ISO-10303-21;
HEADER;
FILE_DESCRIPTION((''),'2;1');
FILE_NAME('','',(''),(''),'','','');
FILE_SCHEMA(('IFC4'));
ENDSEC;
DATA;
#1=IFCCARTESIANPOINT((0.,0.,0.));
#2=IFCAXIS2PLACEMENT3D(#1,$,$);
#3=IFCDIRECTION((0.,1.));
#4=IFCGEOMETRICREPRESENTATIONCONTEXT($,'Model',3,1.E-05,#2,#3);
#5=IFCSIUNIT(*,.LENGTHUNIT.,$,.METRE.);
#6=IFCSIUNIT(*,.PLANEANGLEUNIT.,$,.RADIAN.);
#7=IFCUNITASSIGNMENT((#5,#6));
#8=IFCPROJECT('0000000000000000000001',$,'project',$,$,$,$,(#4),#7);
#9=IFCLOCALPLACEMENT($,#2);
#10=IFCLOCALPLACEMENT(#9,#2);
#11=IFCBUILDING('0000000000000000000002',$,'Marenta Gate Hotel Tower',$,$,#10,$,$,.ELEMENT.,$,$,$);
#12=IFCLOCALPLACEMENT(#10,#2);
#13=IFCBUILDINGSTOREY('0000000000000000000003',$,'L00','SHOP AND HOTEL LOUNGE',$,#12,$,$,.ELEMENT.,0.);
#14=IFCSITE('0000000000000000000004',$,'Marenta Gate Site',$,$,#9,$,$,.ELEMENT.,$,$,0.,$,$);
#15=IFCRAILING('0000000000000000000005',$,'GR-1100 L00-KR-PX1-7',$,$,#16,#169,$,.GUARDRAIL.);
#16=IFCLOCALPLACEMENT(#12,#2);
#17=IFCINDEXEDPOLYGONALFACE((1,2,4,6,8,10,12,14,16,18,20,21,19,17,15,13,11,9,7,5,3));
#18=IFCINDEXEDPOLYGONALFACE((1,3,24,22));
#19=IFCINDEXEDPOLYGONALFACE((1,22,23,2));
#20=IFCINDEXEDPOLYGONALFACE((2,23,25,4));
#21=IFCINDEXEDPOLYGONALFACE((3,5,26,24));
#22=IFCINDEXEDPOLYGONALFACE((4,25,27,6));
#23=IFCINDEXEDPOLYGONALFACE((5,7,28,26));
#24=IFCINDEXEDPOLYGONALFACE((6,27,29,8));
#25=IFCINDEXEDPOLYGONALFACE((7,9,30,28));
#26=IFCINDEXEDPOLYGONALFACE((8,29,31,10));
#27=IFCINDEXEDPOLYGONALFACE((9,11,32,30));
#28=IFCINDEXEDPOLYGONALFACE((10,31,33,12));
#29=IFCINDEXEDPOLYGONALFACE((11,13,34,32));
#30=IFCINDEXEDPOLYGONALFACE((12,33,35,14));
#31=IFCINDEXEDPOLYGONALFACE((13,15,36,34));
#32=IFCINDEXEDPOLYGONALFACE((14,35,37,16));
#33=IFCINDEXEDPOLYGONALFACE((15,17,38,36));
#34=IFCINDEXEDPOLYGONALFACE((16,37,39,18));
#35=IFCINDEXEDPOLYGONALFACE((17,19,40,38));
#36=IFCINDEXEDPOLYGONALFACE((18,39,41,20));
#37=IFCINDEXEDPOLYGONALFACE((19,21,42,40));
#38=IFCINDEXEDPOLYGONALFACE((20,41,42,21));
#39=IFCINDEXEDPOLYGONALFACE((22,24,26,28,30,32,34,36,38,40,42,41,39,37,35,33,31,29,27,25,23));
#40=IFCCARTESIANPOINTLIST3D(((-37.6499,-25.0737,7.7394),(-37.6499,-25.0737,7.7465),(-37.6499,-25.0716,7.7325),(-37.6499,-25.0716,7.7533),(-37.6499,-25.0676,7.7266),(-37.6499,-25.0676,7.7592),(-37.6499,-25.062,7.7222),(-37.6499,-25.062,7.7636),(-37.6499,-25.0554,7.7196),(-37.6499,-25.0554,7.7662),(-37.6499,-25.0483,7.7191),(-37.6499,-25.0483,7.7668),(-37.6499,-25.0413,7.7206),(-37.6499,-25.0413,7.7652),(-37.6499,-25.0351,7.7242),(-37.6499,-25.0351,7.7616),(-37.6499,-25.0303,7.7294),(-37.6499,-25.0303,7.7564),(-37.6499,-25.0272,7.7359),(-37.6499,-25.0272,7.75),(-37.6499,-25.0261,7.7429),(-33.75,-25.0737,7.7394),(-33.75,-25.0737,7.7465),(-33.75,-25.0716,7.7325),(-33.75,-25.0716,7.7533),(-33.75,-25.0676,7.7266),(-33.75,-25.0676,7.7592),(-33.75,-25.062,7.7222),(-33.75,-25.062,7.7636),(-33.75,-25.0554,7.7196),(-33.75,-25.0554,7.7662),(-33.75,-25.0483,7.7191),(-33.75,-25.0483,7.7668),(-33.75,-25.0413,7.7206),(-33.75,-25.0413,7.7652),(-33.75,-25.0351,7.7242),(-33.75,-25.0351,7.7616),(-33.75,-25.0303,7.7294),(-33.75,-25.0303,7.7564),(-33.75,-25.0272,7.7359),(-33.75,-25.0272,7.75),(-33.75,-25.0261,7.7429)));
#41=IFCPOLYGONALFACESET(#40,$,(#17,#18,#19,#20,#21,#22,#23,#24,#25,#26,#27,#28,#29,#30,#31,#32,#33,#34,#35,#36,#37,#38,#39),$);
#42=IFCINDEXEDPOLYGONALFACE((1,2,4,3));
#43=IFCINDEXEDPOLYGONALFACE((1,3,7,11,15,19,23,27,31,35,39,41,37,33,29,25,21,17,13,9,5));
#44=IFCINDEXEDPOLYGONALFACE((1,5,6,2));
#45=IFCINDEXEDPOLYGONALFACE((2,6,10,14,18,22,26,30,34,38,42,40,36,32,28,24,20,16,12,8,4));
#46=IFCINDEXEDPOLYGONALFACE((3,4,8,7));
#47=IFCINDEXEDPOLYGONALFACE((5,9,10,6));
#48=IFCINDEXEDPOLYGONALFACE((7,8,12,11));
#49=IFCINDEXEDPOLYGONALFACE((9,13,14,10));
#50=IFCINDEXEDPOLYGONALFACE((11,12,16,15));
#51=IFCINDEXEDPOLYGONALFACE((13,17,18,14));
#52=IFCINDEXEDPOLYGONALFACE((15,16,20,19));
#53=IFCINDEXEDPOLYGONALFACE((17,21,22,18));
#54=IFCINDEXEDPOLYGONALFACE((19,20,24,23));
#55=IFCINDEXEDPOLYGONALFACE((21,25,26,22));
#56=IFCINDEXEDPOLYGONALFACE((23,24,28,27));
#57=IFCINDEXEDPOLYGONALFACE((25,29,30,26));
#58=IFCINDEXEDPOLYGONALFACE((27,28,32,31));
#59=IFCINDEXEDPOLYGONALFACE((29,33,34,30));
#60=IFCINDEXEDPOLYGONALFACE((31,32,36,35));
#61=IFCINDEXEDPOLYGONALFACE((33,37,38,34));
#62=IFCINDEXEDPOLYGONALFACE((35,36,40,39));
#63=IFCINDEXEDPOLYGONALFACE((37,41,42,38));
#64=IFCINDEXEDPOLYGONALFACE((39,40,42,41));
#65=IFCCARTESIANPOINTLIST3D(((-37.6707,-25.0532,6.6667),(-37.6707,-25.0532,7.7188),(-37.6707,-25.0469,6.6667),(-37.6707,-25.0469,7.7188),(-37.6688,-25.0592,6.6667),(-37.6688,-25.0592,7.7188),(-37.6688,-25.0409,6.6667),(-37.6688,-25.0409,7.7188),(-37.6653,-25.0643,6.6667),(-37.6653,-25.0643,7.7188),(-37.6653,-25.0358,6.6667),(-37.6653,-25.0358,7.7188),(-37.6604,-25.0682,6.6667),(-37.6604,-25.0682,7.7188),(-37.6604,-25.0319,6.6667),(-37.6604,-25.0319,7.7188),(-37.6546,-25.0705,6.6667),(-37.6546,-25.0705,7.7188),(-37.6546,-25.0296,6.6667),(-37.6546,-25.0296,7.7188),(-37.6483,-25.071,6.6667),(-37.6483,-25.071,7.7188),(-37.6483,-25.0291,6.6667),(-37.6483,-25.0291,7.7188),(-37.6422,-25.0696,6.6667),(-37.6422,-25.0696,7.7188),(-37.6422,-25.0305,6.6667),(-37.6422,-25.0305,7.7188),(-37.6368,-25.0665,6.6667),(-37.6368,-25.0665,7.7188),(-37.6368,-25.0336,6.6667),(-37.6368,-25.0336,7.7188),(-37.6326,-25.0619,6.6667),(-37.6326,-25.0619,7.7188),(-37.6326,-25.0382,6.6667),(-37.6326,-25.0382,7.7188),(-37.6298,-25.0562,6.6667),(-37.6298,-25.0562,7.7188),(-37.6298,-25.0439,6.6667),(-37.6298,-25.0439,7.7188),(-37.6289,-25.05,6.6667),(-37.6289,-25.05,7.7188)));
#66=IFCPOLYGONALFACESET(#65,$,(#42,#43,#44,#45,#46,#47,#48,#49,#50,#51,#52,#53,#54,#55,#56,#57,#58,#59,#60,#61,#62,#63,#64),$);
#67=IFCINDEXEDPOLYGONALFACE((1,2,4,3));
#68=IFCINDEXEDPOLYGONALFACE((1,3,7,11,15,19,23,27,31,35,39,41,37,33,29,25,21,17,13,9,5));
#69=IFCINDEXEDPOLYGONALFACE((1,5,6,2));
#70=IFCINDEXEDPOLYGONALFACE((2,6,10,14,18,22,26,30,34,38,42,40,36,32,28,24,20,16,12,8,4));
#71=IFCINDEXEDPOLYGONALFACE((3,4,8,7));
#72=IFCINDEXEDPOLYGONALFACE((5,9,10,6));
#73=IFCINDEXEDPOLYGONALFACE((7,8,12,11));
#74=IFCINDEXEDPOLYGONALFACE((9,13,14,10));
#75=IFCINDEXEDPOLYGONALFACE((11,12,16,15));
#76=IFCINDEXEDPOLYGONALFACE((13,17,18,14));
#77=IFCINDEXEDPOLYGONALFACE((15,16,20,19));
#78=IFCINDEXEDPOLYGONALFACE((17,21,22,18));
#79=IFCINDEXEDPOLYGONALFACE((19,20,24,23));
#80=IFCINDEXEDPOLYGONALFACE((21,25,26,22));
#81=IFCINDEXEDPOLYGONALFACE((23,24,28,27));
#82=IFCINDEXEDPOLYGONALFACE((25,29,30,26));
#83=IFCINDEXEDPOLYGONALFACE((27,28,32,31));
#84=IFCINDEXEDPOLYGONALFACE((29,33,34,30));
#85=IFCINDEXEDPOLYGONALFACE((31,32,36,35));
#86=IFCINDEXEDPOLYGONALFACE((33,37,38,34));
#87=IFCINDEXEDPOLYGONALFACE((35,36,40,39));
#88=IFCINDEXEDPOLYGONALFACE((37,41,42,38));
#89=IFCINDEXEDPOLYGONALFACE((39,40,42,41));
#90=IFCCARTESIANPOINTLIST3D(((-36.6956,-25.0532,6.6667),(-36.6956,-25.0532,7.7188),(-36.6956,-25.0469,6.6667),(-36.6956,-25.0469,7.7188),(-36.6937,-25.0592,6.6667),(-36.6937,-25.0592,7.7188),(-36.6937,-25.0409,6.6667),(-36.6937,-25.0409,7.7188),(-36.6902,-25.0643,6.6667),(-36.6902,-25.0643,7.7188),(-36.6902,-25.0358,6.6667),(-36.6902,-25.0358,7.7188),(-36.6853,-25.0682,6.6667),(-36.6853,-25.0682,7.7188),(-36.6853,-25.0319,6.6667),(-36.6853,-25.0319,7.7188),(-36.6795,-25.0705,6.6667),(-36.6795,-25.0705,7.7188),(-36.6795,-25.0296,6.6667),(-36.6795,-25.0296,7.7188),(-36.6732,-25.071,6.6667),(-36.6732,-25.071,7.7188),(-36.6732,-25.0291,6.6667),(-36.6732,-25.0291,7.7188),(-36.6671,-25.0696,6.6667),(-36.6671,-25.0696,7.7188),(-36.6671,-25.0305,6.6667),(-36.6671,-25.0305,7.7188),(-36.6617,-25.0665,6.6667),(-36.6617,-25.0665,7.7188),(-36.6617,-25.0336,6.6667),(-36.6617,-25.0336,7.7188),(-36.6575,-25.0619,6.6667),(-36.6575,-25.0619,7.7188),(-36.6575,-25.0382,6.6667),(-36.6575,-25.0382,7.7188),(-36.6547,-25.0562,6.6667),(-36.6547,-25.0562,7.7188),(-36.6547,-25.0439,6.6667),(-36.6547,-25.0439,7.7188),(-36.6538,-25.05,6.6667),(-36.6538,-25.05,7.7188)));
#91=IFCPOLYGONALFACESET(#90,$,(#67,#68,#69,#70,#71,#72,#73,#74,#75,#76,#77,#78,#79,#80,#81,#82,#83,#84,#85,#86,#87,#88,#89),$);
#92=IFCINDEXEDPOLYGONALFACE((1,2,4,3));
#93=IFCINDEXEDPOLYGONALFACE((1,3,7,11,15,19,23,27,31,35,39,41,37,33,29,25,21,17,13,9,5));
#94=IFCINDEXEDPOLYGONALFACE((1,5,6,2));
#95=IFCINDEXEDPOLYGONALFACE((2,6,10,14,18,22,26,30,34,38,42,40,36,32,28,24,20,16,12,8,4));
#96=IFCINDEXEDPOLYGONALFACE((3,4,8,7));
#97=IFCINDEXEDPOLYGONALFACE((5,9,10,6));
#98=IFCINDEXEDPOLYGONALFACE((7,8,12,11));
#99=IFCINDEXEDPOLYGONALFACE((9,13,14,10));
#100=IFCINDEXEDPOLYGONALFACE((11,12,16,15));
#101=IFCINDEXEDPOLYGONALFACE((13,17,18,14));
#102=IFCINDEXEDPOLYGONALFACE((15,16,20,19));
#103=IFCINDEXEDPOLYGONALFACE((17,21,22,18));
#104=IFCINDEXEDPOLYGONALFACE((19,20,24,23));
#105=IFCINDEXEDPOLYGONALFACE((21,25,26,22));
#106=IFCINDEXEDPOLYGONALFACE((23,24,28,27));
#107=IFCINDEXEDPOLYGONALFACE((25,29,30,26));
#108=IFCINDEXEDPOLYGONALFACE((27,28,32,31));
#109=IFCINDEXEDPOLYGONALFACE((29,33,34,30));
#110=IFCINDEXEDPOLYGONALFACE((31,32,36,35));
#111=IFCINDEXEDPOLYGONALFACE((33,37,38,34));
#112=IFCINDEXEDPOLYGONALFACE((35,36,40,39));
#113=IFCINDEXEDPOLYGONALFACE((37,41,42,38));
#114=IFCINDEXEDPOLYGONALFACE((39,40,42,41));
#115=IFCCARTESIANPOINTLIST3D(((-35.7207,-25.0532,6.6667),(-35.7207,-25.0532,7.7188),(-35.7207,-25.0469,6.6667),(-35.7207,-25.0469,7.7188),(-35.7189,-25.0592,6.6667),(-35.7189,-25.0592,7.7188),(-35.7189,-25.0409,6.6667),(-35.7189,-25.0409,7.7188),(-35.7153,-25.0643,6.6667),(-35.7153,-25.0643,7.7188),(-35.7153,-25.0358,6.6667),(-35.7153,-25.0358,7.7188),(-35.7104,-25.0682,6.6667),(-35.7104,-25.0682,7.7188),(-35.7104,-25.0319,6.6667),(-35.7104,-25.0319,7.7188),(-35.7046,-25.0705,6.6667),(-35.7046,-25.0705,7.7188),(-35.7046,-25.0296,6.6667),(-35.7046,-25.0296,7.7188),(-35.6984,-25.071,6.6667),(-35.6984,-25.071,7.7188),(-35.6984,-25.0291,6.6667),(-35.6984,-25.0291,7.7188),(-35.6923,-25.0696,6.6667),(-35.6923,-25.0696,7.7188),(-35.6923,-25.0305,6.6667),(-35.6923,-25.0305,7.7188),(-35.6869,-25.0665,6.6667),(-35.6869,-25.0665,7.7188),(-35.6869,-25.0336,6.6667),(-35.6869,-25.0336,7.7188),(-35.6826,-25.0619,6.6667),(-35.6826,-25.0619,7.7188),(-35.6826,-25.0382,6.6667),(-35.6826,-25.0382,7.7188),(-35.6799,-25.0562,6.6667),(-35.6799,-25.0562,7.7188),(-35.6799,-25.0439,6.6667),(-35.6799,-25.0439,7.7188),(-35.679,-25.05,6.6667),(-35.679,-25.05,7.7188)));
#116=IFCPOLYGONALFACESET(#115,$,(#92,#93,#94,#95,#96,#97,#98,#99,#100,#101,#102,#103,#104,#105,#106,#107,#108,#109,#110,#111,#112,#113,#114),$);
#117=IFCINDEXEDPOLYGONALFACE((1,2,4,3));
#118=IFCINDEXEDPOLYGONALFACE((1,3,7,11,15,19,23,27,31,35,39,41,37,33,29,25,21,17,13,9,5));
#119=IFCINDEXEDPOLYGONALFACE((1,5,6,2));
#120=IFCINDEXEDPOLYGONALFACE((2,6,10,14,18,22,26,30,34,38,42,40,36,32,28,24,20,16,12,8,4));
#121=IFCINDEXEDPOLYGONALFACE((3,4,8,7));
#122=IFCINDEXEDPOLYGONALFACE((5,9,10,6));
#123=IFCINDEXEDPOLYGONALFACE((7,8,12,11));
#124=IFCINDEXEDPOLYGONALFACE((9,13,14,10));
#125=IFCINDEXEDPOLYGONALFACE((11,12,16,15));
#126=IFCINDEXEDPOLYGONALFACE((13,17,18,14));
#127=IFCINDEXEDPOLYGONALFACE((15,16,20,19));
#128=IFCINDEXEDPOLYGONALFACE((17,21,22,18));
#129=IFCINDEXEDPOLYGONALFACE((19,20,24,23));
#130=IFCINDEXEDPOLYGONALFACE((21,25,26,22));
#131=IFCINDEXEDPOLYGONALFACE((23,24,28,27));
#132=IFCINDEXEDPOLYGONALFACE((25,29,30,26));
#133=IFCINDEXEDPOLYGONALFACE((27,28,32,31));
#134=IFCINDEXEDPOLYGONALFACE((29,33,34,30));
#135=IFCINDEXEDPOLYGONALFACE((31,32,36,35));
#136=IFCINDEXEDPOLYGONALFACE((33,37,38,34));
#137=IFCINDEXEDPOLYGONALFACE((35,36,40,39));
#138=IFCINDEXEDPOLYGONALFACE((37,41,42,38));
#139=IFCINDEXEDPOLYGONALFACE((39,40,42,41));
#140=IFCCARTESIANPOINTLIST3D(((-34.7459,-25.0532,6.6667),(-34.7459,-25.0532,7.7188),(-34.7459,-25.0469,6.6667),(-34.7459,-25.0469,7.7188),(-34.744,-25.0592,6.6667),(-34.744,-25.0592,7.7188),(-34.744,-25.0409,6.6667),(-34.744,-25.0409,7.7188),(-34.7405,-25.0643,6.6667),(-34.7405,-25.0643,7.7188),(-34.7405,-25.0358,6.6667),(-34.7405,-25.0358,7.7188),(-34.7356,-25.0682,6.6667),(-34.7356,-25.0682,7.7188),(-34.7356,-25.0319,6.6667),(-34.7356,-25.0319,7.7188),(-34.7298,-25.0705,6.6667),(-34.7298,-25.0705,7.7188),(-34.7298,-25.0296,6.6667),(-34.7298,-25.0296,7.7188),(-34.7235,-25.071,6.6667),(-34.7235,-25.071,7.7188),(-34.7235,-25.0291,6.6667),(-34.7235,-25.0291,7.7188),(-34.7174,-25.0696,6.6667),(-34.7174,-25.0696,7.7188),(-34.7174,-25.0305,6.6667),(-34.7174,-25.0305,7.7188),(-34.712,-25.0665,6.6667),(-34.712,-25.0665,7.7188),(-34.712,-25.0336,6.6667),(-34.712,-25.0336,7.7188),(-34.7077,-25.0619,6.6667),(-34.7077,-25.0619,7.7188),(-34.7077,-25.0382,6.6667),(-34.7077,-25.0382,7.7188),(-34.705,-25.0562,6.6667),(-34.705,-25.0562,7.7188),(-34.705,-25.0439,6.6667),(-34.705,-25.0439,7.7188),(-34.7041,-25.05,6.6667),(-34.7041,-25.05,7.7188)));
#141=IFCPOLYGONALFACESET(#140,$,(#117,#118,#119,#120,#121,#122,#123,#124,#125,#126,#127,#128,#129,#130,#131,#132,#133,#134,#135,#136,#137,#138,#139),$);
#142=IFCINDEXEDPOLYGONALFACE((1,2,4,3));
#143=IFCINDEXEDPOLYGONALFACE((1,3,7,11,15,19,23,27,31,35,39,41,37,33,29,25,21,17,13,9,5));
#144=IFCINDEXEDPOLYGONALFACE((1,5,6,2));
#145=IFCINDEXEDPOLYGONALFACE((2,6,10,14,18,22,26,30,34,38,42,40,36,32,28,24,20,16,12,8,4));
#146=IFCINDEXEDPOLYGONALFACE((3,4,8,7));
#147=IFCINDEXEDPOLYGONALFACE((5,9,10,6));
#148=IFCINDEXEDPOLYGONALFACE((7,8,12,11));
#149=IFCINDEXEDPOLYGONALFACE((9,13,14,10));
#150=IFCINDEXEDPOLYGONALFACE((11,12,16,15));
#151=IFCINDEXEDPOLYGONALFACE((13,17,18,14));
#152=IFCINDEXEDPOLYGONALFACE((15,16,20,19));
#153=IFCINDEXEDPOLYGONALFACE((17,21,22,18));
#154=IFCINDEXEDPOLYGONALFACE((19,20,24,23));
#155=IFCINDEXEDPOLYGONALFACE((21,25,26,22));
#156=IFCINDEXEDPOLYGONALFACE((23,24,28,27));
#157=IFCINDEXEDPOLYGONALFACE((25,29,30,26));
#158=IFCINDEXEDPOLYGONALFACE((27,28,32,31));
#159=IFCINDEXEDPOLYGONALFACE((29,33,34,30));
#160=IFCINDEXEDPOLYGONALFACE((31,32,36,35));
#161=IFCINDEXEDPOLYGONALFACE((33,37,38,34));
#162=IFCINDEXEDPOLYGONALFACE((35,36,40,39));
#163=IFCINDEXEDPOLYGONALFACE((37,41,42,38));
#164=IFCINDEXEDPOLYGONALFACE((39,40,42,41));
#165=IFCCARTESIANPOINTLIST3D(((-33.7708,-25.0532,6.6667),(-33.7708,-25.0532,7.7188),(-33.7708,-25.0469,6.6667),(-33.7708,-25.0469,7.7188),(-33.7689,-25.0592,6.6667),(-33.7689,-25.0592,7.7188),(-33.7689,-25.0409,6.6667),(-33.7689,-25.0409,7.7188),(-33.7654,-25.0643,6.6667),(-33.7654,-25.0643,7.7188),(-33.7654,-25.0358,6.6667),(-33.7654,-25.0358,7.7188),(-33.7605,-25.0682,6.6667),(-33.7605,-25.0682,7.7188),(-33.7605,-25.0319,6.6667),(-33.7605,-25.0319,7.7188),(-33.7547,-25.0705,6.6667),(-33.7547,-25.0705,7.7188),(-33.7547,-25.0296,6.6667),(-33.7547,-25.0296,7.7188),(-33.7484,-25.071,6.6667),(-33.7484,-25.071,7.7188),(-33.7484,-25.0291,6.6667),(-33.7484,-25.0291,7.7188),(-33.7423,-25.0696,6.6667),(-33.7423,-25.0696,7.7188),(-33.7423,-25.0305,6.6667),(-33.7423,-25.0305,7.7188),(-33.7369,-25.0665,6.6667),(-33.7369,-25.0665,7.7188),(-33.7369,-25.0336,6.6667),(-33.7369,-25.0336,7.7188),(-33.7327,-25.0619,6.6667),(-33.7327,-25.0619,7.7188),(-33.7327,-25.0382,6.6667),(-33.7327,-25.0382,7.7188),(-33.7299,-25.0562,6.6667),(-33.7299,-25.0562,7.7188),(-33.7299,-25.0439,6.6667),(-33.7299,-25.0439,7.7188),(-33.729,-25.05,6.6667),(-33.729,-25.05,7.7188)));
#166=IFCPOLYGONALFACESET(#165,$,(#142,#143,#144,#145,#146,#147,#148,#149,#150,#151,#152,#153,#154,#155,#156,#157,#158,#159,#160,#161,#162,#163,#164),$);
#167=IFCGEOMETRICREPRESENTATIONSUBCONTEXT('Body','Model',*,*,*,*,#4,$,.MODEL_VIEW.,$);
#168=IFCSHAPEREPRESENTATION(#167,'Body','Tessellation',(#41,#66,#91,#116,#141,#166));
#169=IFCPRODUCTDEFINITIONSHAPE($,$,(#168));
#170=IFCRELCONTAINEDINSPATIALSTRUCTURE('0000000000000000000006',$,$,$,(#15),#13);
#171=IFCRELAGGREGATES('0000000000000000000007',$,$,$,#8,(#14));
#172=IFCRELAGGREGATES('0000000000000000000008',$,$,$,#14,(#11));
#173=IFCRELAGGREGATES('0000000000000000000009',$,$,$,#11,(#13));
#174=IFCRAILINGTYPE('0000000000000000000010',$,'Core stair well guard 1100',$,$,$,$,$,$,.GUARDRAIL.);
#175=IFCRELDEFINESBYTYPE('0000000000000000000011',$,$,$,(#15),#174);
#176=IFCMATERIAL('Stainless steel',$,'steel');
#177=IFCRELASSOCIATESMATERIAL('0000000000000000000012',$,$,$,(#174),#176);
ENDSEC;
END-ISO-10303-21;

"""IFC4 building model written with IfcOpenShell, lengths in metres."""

from ifc_helpers import new_model, si_unit, direction, frame, origin, origin_2d, place, context, subcontext, project, spatial, circle, extrude, material, type_object, element, save


model = new_model("IFC4")

# Units and contexts
model_context = context("Model", 3, precision=1e-05, world=origin(), true_north=direction((0.0, 1.0)))
body_context = subcontext(model_context, "Body", "Model", "MODEL_VIEW")
ifc_project = project(units=[si_unit("LENGTHUNIT", "METRE"), si_unit("PLANEANGLEUNIT", "RADIAN")], contexts=[model_context])

# Site, building, storey
site_placement = place(None, origin())
site = spatial("IfcSite", under=ifc_project, at=site_placement, Name="Marenta Gate Site", CompositionType="ELEMENT", RefElevation=0.0)
building_placement = place(site_placement, origin())
building = spatial("IfcBuilding", under=site, at=building_placement, Name="Marenta Gate Hotel Tower", CompositionType="ELEMENT")
storey_placement = place(building_placement, origin())
storey = spatial("IfcBuildingStorey", under=building, at=storey_placement, Name="L00", Description="SHOP AND HOTEL LOUNGE", CompositionType="ELEMENT", Elevation=0.0)

# Railing
ifc_material_1 = material(Name="Stainless steel", Category="steel")
railing_type_1 = type_object("IfcRailingType", Name="Core stair well guard 1100", PredefinedType="GUARDRAIL", material=ifc_material_1)
railing_1_placement = place(storey_placement, frame((-37.6499, -25.05, 6.6667)))
element("IfcRailing", 1, at=railing_1_placement, inside=storey, type_object=railing_type_1, Name="GR-1100 L00-KR-PX1-7", PredefinedType="GUARDRAIL", context=body_context, shape_type="SweptSolid", body=[
    extrude(circle(Radius=0.0239, at=origin_2d()), frame((0.0, 0.0, 1.0762), z_axis=(1.0, 0.0, 0.0), x_axis=(0.0, 1.0, 0.0)), (0.0, 0.0, 1.0), 3.8999),
    extrude(circle(Radius=0.021, at=origin_2d()), origin(), (0.0, 0.0, 1.0), 1.052),
    extrude(circle(Radius=0.021, at=origin_2d()), frame((0.9751, 0.0, 0.0)), (0.0, 0.0, 1.0), 1.052),
    extrude(circle(Radius=0.021, at=origin_2d()), frame((1.95, 0.0, 0.0)), (0.0, 0.0, 1.0), 1.052),
    extrude(circle(Radius=0.021, at=origin_2d()), frame((2.9248, 0.0, 0.0)), (0.0, 0.0, 1.0), 1.052),
    extrude(circle(Radius=0.021, at=origin_2d()), frame((3.8999, 0.0, 0.0)), (0.0, 0.0, 1.0), 1.052),
])

save(model, "model.ifc")
